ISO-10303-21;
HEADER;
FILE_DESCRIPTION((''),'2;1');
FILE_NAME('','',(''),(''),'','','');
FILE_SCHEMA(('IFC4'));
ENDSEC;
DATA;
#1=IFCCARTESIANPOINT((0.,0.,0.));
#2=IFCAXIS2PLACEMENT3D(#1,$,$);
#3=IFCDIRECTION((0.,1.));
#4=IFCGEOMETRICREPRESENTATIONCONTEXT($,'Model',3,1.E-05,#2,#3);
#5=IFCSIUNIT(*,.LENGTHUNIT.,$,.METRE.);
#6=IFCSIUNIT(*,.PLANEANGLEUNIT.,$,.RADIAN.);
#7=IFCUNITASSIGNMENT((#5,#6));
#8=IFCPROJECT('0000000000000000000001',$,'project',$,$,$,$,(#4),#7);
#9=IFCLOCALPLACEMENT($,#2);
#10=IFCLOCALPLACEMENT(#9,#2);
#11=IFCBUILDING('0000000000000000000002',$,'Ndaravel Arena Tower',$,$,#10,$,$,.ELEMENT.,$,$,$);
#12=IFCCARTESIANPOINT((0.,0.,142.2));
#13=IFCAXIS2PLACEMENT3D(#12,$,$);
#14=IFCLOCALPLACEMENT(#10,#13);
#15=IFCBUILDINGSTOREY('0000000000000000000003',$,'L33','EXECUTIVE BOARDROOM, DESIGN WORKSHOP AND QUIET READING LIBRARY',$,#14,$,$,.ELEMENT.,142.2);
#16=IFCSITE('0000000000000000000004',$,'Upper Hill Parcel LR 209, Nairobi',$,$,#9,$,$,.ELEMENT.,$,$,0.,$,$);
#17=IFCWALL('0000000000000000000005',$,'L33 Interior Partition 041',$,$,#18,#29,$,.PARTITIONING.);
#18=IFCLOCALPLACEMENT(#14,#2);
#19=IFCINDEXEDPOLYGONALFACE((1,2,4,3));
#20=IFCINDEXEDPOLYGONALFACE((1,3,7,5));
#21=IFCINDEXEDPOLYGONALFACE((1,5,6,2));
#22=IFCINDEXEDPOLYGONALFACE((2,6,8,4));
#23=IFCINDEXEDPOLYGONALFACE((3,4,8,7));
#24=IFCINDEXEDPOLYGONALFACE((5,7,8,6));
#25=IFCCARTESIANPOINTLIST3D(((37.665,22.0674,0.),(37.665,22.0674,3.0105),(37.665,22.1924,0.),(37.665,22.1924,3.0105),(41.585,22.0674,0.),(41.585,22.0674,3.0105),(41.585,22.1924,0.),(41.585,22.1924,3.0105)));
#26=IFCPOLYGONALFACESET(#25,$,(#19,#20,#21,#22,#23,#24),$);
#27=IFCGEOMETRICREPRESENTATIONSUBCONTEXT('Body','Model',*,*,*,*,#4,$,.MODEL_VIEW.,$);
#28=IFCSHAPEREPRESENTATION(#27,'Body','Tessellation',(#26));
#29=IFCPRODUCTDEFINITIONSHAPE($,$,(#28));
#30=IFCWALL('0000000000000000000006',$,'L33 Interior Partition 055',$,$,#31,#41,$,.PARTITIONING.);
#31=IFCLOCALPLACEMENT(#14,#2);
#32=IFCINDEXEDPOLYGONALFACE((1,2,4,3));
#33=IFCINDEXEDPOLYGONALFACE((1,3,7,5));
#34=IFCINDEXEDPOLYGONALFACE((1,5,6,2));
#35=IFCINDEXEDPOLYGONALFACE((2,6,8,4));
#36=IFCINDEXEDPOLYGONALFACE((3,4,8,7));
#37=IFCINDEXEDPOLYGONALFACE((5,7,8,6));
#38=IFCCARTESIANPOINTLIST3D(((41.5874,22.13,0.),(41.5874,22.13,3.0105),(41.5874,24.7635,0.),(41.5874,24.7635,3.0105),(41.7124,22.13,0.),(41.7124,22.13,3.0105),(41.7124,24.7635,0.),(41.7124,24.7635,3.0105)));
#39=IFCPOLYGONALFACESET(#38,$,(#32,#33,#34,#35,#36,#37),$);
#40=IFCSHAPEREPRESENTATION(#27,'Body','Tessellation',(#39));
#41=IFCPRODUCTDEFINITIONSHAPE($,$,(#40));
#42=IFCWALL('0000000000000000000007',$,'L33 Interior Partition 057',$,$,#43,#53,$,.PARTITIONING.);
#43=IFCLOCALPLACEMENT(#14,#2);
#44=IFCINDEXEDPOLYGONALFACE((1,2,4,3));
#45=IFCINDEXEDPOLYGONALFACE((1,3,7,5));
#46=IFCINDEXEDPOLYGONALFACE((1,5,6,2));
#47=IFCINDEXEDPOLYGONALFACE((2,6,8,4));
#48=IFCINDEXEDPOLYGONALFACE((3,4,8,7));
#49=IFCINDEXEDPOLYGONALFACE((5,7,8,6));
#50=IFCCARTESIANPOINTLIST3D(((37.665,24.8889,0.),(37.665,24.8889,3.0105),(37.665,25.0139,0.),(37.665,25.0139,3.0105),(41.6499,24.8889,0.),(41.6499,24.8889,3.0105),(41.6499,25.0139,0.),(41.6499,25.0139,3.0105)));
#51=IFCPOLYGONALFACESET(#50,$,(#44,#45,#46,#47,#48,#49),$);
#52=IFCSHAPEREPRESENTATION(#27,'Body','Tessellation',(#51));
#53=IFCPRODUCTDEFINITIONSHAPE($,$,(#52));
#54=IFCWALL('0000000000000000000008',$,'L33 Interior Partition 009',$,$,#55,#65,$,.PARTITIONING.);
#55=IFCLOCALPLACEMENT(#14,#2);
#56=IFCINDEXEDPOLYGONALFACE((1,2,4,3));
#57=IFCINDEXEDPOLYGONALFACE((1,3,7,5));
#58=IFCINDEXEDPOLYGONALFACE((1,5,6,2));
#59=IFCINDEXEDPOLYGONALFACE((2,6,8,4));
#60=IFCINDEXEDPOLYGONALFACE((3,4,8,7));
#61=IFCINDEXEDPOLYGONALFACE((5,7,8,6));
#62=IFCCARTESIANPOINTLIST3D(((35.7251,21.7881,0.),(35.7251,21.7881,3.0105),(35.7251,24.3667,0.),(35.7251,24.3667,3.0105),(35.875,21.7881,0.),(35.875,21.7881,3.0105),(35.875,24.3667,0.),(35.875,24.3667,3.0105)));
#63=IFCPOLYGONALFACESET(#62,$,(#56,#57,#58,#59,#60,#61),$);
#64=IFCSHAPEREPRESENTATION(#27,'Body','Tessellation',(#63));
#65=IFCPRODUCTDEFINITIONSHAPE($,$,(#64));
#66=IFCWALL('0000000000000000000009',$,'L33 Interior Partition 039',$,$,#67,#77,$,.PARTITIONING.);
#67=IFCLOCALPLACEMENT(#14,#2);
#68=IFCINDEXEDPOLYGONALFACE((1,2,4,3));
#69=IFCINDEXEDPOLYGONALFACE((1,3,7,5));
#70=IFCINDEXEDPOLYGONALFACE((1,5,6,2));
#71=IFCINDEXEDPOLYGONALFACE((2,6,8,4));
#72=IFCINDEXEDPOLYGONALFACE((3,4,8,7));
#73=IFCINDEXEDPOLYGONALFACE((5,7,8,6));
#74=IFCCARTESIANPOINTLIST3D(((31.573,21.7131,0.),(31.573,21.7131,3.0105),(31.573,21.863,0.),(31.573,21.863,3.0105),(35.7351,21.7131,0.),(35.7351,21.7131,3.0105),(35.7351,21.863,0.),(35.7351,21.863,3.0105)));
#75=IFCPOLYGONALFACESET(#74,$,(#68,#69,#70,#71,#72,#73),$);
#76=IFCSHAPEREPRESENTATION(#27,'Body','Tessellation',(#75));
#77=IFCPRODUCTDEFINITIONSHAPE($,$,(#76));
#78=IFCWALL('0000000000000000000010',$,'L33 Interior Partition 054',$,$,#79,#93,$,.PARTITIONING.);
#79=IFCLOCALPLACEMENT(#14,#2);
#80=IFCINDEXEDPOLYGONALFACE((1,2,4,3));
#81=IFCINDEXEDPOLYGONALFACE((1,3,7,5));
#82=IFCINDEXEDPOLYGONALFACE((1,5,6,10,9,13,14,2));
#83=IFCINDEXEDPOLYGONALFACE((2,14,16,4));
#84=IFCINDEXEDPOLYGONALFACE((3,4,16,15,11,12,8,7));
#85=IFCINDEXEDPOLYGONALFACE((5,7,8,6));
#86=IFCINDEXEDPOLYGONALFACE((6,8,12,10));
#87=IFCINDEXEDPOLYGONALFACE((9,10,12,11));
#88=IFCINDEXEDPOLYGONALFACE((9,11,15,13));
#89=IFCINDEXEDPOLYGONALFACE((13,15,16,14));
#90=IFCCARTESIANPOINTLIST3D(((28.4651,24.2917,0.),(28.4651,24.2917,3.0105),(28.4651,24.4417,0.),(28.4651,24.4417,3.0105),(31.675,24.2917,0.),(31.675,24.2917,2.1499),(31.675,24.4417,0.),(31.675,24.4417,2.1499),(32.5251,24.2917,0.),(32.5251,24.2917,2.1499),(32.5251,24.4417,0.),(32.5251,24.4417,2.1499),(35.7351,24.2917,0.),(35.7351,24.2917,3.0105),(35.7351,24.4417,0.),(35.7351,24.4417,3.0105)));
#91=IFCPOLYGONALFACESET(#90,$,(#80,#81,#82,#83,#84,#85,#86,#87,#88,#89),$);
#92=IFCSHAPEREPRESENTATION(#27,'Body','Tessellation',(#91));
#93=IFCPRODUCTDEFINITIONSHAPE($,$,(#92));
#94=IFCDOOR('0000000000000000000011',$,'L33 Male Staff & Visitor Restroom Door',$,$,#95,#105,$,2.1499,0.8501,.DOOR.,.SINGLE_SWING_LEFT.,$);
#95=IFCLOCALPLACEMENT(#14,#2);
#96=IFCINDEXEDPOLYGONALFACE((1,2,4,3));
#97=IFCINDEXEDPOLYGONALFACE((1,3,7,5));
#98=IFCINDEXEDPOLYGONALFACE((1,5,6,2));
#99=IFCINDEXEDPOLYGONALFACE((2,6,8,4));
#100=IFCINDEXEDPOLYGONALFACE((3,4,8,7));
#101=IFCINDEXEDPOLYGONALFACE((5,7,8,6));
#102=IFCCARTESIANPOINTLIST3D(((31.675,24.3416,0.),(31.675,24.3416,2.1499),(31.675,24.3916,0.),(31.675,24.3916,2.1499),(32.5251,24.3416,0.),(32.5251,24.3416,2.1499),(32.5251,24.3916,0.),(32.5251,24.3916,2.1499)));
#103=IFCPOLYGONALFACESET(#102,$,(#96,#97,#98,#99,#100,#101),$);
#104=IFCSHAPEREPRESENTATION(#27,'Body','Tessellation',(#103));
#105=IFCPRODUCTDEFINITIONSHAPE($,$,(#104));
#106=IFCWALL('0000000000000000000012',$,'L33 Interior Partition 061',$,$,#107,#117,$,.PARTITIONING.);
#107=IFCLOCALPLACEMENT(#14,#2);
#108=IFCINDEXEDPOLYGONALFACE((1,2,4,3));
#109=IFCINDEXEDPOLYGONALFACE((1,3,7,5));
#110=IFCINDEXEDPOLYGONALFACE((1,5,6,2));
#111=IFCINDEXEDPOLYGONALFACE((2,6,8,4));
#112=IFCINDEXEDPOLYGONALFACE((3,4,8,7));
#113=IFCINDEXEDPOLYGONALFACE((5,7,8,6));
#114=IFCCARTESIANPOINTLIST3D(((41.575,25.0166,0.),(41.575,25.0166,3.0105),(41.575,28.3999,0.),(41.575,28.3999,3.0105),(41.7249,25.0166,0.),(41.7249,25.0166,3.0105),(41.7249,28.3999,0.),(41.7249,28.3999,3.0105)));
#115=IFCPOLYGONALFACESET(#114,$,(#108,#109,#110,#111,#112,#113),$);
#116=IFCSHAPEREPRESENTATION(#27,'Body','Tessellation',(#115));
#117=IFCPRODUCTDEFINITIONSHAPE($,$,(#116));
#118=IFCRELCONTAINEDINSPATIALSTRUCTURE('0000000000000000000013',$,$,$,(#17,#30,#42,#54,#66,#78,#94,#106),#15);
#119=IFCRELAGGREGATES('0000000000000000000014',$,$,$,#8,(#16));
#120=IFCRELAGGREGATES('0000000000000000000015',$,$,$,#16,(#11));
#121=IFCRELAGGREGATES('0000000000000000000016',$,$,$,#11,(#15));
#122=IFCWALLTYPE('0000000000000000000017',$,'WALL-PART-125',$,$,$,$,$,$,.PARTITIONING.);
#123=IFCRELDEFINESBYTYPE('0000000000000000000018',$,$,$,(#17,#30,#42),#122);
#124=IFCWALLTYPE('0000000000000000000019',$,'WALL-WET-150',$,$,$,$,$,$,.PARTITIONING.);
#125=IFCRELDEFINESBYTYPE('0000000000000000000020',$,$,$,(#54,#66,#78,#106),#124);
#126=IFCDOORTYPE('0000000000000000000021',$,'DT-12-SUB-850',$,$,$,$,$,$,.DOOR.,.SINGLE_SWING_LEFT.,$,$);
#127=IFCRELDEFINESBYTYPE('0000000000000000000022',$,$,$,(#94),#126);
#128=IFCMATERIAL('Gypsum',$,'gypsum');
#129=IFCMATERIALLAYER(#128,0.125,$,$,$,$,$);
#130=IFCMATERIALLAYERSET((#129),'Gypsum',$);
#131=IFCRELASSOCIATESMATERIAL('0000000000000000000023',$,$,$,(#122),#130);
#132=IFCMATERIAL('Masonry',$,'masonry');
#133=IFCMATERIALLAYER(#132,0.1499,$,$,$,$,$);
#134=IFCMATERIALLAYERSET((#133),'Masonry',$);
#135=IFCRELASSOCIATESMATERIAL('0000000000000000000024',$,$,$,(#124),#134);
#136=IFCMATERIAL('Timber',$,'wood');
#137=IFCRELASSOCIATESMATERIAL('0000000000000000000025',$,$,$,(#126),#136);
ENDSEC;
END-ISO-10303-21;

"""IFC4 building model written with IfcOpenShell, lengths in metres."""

from ifc_helpers import new_model, si_unit, direction, frame, frame_2d, origin, place, context, subcontext, project, spatial, rectangle, extrude, material, layer, layer_set, type_object, element, fill, save


model = new_model("IFC4")

# Units and contexts
model_context = context("Model", 3, precision=1e-05, world=origin(), true_north=direction((0.0, 1.0)))
body_context = subcontext(model_context, "Body", "Model", "MODEL_VIEW")
ifc_project = project(units=[si_unit("LENGTHUNIT", "METRE"), si_unit("PLANEANGLEUNIT", "RADIAN")], contexts=[model_context])

# Site, building, storey
site_placement = place(None, origin())
site = spatial("IfcSite", under=ifc_project, at=site_placement, Name="Upper Hill Parcel LR 209, Nairobi", CompositionType="ELEMENT", RefElevation=0.0)
building_placement = place(site_placement, origin())
building = spatial("IfcBuilding", under=site, at=building_placement, Name="Ndaravel Arena Tower", CompositionType="ELEMENT")
storey_placement = place(building_placement, frame((0.0, 0.0, 142.2)))
storey = spatial("IfcBuildingStorey", under=building, at=storey_placement, Name="L33", Description="EXECUTIVE BOARDROOM, DESIGN WORKSHOP AND QUIET READING LIBRARY", CompositionType="ELEMENT", Elevation=142.2)

# Shared definitions
ifc_material_1 = material(Name="Gypsum", Category="gypsum")
ifc_layer_1 = layer(ifc_material_1, 0.125)
ifc_layer_set_1 = layer_set([ifc_layer_1], Name="Gypsum")
wall_type_1 = type_object("IfcWallType", Name="WALL-PART-125", PredefinedType="PARTITIONING", material=ifc_layer_set_1)

# Walls
wall_1_placement = place(storey_placement, frame((37.665, 22.1299, 0.0), z_axis=(0.0, 0.0, 1.0), x_axis=(1.0, 0.0, 0.0)))
element("IfcWall", 1, at=wall_1_placement, inside=storey, type_object=wall_type_1, Name="L33 Interior Partition 041", PredefinedType="PARTITIONING", context=body_context, shape_type="SweptSolid", body=[
    extrude(rectangle(XDim=3.9199, YDim=0.125, at=frame_2d((1.96, 0.0))), origin(), (0.0, 0.0, 1.0), 3.0105),
])
wall_2_placement = place(storey_placement, frame((41.6499, 22.1299, 0.0), z_axis=(0.0, 0.0, 1.0), x_axis=(0.0, 1.0, 0.0)))
element("IfcWall", 2, at=wall_2_placement, inside=storey, type_object=wall_type_1, Name="L33 Interior Partition 055", PredefinedType="PARTITIONING", context=body_context, shape_type="SweptSolid", body=[
    extrude(rectangle(XDim=2.6335, YDim=0.125, at=frame_2d((1.3169, 0.0))), origin(), (0.0, 0.0, 1.0), 3.0105),
])
wall_3_placement = place(storey_placement, frame((37.665, 24.9514, 0.0), z_axis=(0.0, 0.0, 1.0), x_axis=(1.0, 0.0, 0.0)))
element("IfcWall", 3, at=wall_3_placement, inside=storey, type_object=wall_type_1, Name="L33 Interior Partition 057", PredefinedType="PARTITIONING", context=body_context, shape_type="SweptSolid", body=[
    extrude(rectangle(XDim=3.9849, YDim=0.125, at=frame_2d((1.9924, 0.0))), origin(), (0.0, 0.0, 1.0), 3.0105),
])
ifc_material_2 = material(Name="Masonry", Category="masonry")
ifc_layer_2 = layer(ifc_material_2, 0.1499)
ifc_layer_set_2 = layer_set([ifc_layer_2], Name="Masonry")
wall_type_2 = type_object("IfcWallType", Name="WALL-WET-150", PredefinedType="PARTITIONING", material=ifc_layer_set_2)
wall_4_placement = place(storey_placement, frame((35.8, 21.7881, 0.0), z_axis=(0.0, 0.0, 1.0), x_axis=(0.0, 1.0, 0.0)))
element("IfcWall", 4, at=wall_4_placement, inside=storey, type_object=wall_type_2, Name="L33 Interior Partition 009", PredefinedType="PARTITIONING", context=body_context, shape_type="SweptSolid", body=[
    extrude(rectangle(XDim=2.5786, YDim=0.1499, at=frame_2d((1.2893, 0.0))), origin(), (0.0, 0.0, 1.0), 3.0105),
])
wall_5_placement = place(storey_placement, frame((31.573, 21.7881, 0.0), z_axis=(0.0, 0.0, 1.0), x_axis=(1.0, 0.0, 0.0)))
element("IfcWall", 5, at=wall_5_placement, inside=storey, type_object=wall_type_2, Name="L33 Interior Partition 039", PredefinedType="PARTITIONING", context=body_context, shape_type="SweptSolid", body=[
    extrude(rectangle(XDim=4.1621, YDim=0.1499, at=frame_2d((2.0811, 0.0))), origin(), (0.0, 0.0, 1.0), 3.0105),
])

# Wall, opening, door
wall_6_placement = place(storey_placement, frame((28.4651, 24.3667, 0.0), z_axis=(0.0, 0.0, 1.0), x_axis=(1.0, 0.0, 0.0)))
wall_6 = element("IfcWall", 6, at=wall_6_placement, inside=storey, type_object=wall_type_2, Name="L33 Interior Partition 054", PredefinedType="PARTITIONING", context=body_context, shape_type="SweptSolid", body=[
    extrude(rectangle(XDim=7.27, YDim=0.1499, at=frame_2d((3.635, 0.0))), origin(), (0.0, 0.0, 1.0), 3.0105),
])
opening_1_placement = place(wall_6_placement, frame((3.21, 0.0, 0.0)))
opening_1 = element("IfcOpeningElement", 7, at=opening_1_placement, cuts=wall_6, PredefinedType="OPENING", context=body_context, shape_type="SweptSolid", body=[
    extrude(rectangle(XDim=0.8501, YDim=2.1499, at=frame_2d((0.425, 1.075))), frame((0.0, 0.075, 0.0), z_axis=(0.0, -1.0, 0.0), x_axis=(1.0, 0.0, 0.0)), (0.0, 0.0, 1.0), 0.1499),
])
ifc_material_3 = material(Name="Timber", Category="wood")
door_type_1 = type_object("IfcDoorType", Name="DT-12-SUB-850", OperationType="SINGLE_SWING_LEFT", PredefinedType="DOOR", material=ifc_material_3)
door_1_placement = place(opening_1_placement, origin())
door_1 = element("IfcDoor", 8, at=door_1_placement, inside=storey, type_object=door_type_1, Name="L33 Male Staff & Visitor Restroom Door", OperationType="SINGLE_SWING_LEFT", OverallHeight=2.1499, OverallWidth=0.8501, PredefinedType="DOOR", context=body_context, shape_type="SweptSolid", body=[
    extrude(rectangle(XDim=0.8501, YDim=2.1499, at=frame_2d((0.425, 1.075))), frame((0.0, 0.0249, 0.0), z_axis=(0.0, -1.0, 0.0), x_axis=(1.0, 0.0, 0.0)), (0.0, 0.0, 1.0), 0.05),
])
fill(opening_1, door_1)

# Wall
wall_7_placement = place(storey_placement, frame((41.6499, 25.0166, 0.0), z_axis=(0.0, 0.0, 1.0), x_axis=(0.0, 1.0, 0.0)))
element("IfcWall", 9, at=wall_7_placement, inside=storey, type_object=wall_type_2, Name="L33 Interior Partition 061", PredefinedType="PARTITIONING", context=body_context, shape_type="SweptSolid", body=[
    extrude(rectangle(XDim=3.3833, YDim=0.1499, at=frame_2d((1.6917, 0.0))), origin(), (0.0, 0.0, 1.0), 3.0105),
])

save(model, "model.ifc")
